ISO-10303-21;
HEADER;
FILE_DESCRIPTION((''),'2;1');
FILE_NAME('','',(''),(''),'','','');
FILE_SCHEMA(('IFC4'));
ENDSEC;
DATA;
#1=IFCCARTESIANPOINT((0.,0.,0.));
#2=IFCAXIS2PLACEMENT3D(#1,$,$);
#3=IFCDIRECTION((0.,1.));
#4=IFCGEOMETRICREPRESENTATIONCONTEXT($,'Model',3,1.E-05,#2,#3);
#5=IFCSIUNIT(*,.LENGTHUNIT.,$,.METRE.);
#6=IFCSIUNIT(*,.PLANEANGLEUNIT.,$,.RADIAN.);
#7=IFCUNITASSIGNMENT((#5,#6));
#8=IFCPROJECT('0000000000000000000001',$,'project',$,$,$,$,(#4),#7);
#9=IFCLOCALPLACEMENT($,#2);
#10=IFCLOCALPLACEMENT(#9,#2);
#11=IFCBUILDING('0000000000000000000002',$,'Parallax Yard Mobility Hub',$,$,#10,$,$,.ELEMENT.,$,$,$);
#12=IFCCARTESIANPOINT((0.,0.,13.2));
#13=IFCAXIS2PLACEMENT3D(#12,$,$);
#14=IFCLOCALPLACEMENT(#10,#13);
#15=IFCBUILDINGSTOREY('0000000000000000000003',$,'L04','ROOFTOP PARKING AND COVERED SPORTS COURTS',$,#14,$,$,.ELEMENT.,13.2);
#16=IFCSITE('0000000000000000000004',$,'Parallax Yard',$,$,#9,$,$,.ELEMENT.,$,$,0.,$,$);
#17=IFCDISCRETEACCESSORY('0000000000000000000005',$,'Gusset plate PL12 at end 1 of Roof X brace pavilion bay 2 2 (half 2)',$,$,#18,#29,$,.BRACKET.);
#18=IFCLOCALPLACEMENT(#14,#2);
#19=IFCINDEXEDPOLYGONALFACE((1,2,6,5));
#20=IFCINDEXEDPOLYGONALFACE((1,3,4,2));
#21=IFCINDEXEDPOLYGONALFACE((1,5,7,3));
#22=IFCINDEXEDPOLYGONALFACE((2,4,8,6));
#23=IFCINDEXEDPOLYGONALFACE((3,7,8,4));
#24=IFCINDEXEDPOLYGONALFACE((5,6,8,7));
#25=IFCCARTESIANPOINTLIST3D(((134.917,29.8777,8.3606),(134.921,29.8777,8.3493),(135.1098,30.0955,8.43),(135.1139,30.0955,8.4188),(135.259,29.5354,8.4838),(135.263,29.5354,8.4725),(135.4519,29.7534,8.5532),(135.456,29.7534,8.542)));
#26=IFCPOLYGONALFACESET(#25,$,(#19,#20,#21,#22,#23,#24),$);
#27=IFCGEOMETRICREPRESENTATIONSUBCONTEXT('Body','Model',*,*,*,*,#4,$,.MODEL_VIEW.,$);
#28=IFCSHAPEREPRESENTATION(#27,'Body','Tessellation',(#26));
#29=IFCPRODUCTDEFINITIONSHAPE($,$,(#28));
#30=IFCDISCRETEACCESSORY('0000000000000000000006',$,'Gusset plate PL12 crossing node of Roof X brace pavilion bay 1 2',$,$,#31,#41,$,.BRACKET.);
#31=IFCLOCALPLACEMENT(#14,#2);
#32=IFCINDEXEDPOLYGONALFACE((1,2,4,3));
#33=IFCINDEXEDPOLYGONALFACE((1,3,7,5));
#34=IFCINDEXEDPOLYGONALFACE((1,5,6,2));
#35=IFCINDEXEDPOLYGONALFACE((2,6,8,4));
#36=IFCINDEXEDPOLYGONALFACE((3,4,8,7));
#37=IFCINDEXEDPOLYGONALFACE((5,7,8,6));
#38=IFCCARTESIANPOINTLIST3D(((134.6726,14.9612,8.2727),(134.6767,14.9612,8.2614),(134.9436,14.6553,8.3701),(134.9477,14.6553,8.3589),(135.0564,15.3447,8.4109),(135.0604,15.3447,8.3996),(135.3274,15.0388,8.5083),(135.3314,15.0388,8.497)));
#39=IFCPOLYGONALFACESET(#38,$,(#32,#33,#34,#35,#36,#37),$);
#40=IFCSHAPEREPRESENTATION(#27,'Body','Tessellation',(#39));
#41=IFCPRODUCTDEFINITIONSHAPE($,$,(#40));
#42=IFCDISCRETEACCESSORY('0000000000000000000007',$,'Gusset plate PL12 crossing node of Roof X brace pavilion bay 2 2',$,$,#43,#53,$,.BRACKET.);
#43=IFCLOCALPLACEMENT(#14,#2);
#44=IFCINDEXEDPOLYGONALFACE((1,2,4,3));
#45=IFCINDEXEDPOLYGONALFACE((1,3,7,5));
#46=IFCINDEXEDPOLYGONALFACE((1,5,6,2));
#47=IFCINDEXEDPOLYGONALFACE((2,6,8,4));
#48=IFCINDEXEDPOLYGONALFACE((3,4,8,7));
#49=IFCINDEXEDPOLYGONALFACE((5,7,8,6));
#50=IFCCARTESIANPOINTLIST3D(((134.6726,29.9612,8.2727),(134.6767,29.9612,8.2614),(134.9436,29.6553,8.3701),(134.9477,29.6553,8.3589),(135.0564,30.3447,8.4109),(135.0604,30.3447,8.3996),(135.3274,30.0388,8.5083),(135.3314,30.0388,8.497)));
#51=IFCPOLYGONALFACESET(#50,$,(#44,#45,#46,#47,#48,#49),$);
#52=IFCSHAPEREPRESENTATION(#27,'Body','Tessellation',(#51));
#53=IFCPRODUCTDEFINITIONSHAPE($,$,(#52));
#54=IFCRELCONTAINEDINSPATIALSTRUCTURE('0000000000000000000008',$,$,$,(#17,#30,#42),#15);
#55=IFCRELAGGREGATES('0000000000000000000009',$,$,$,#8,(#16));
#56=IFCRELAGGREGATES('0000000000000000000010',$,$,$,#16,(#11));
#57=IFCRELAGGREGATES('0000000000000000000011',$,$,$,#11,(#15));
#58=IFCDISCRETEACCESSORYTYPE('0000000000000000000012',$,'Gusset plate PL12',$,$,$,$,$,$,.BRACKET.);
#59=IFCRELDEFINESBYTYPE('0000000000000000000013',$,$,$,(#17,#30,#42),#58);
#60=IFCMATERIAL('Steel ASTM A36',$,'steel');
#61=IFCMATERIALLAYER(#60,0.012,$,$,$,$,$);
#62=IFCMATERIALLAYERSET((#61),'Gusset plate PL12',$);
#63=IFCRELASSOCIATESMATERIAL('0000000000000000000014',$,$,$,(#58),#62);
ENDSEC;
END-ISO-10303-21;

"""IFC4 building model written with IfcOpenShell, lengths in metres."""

from ifc_helpers import new_model, si_unit, direction, frame, origin, place, context, subcontext, project, spatial, polyline, outline, extrude, material, layer, layer_set, type_object, element, save


model = new_model("IFC4")

# Units and contexts
model_context = context("Model", 3, precision=1e-05, world=origin(), true_north=direction((0.0, 1.0)))
body_context = subcontext(model_context, "Body", "Model", "MODEL_VIEW")
ifc_project = project(units=[si_unit("LENGTHUNIT", "METRE"), si_unit("PLANEANGLEUNIT", "RADIAN")], contexts=[model_context])

# Site, building, storey
site_placement = place(None, origin())
site = spatial("IfcSite", under=ifc_project, at=site_placement, Name="Parallax Yard", CompositionType="ELEMENT", RefElevation=0.0)
building_placement = place(site_placement, origin())
building = spatial("IfcBuilding", under=site, at=building_placement, Name="Parallax Yard Mobility Hub", CompositionType="ELEMENT")
storey_placement = place(building_placement, frame((0.0, 0.0, 13.2)))
storey = spatial("IfcBuildingStorey", under=building, at=storey_placement, Name="L04", Description="ROOFTOP PARKING AND COVERED SPORTS COURTS", CompositionType="ELEMENT", Elevation=13.2)

# Discrete accessories
ifc_material_1 = material(Name="Steel ASTM A36", Category="steel")
ifc_layer_1 = layer(ifc_material_1, 0.012)
ifc_layer_set_1 = layer_set([ifc_layer_1], Name="Gusset plate PL12")
discrete_accessory_type = type_object("IfcDiscreteAccessoryType", Name="Gusset plate PL12", PredefinedType="BRACKET", material=ifc_layer_set_1)
discrete_accessory_1_placement = place(storey_placement, frame((135.4519, 29.7534, 8.5532), z_axis=(-0.338813, -0.000012, 0.940854), x_axis=(-0.685278, 0.6852, -0.246769)))
element("IfcDiscreteAccessory", 1, at=discrete_accessory_1_placement, inside=storey, type_object=discrete_accessory_type, Name="Gusset plate PL12 at end 1 of Roof X brace pavilion bay 2 2 (half 2)", PredefinedType="BRACKET", context=body_context, shape_type="SweptSolid", body=[
    extrude(outline(polyline([(0.0, 0.0), (0.4992, 0.0), (0.4992, 0.2991), (0.0, 0.2993), (0.0, 0.0)])), origin(), (0.0, 0.0, -1.0), 0.012),
])
for number, where, z_axis, x_axis, name in (
    (2, (134.9436, 14.6553, 8.3701), (-0.33853, -0.000261, 0.940955), (0.685452, 0.685016, 0.246798), "Gusset plate PL12 crossing node of Roof X brace pavilion bay 1 2"),
    (3, (134.9436, 29.6553, 8.3701), (-0.33853, -0.000261, 0.940955), (0.685452, 0.685016, 0.246798), "Gusset plate PL12 crossing node of Roof X brace pavilion bay 2 2"),
):
    element("IfcDiscreteAccessory", number, at=place(storey_placement, frame(where, z_axis=z_axis, x_axis=x_axis)), inside=storey, type_object=discrete_accessory_type, Name=name, PredefinedType="BRACKET", context=body_context, shape_type="SweptSolid", body=[
        extrude(outline(polyline([(0.0, 0.0), (0.5599, 0.0), (0.5597, 0.4201), (-0.0002, 0.4201), (0.0, 0.0)])), origin(), (0.0, 0.0, -1.0), 0.012),
    ])

save(model, "model.ifc")
